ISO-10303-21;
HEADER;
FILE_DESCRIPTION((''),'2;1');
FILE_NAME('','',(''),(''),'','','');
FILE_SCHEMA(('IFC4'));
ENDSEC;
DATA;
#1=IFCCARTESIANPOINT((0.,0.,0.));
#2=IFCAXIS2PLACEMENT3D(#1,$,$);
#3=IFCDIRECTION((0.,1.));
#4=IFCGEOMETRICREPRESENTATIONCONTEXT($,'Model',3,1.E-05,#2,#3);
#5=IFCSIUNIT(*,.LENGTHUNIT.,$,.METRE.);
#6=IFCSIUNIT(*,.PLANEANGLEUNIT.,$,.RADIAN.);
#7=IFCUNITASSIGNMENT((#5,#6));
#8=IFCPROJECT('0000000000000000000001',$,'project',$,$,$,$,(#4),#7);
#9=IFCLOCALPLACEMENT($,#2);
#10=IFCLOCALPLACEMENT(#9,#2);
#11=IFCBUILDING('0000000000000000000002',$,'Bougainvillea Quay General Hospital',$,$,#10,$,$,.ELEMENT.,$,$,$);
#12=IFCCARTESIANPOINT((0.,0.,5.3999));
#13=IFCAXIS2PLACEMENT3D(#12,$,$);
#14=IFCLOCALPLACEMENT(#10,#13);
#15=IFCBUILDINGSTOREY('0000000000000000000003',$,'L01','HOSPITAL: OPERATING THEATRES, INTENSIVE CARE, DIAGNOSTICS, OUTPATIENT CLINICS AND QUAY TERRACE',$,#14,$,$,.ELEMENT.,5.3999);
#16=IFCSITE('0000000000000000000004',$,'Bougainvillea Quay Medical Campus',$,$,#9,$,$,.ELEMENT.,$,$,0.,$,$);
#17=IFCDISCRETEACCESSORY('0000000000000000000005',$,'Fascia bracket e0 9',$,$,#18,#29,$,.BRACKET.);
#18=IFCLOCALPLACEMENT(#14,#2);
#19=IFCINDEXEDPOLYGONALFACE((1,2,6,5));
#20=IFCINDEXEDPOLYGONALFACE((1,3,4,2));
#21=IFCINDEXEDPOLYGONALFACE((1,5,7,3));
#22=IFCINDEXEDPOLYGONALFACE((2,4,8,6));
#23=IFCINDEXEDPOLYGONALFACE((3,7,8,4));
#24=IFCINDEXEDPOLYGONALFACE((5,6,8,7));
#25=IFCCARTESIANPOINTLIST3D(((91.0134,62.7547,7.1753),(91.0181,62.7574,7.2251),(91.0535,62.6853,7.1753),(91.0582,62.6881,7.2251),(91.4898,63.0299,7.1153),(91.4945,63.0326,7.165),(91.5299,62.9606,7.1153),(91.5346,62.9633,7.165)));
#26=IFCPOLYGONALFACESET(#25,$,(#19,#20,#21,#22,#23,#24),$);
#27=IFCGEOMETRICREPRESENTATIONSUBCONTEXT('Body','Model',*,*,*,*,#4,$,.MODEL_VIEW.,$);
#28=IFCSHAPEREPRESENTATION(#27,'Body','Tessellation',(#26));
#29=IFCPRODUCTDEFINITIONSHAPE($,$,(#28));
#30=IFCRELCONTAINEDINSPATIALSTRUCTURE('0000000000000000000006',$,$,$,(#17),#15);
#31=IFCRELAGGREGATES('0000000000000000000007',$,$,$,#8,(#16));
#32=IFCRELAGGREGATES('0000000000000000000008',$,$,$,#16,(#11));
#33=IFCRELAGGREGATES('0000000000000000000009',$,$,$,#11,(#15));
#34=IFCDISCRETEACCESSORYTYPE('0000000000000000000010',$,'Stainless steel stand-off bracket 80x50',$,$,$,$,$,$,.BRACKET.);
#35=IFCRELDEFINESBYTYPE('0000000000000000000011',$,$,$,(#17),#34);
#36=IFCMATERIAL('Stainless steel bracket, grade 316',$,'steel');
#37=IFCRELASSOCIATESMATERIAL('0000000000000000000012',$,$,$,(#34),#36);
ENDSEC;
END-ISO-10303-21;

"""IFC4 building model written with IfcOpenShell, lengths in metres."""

from ifc_helpers import new_model, si_unit, direction, frame, origin, origin_2d, place, context, subcontext, project, spatial, rectangle, extrude, material, material_profile, profile_set, type_object, element, save


model = new_model("IFC4")

# Units and contexts
model_context = context("Model", 3, precision=1e-05, world=origin(), true_north=direction((0.0, 1.0)))
body_context = subcontext(model_context, "Body", "Model", "MODEL_VIEW")
ifc_project = project(units=[si_unit("LENGTHUNIT", "METRE"), si_unit("PLANEANGLEUNIT", "RADIAN")], contexts=[model_context])

# Site, building, storey
site_placement = place(None, origin())
site = spatial("IfcSite", under=ifc_project, at=site_placement, Name="Bougainvillea Quay Medical Campus", CompositionType="ELEMENT", RefElevation=0.0)
building_placement = place(site_placement, origin())
building = spatial("IfcBuilding", under=site, at=building_placement, Name="Bougainvillea Quay General Hospital", CompositionType="ELEMENT")
storey_placement = place(building_placement, frame((0.0, 0.0, 5.3999)))
storey = spatial("IfcBuildingStorey", under=building, at=storey_placement, Name="L01", Description="HOSPITAL: OPERATING THEATRES, INTENSIVE CARE, DIAGNOSTICS, OUTPATIENT CLINICS AND QUAY TERRACE", CompositionType="ELEMENT", Elevation=5.3999)

# Discrete accessory
ifc_material_1 = material(Name="Stainless steel bracket, grade 316", Category="steel")
ifc_material_profile_1 = material_profile(ifc_material_1, rectangle(XDim=0.0801, YDim=0.05, at=origin_2d()))
ifc_profile_set_1 = profile_set([ifc_material_profile_1], Name="Stainless steel bracket, grade 316")
discrete_accessory_type = type_object("IfcDiscreteAccessoryType", Name="Stainless steel stand-off bracket 80x50", PredefinedType="BRACKET", material=ifc_profile_set_1)
discrete_accessory_placement = place(storey_placement, frame((91.5122, 62.9966, 7.1401), z_axis=(-0.860797, -0.497241, 0.108537), x_axis=(0.500196, -0.865912, 0.0)))
element("IfcDiscreteAccessory", 1, at=discrete_accessory_placement, inside=storey, type_object=discrete_accessory_type, Name="Fascia bracket e0 9", PredefinedType="BRACKET", context=body_context, shape_type="SweptSolid", body=[
    extrude(rectangle(XDim=0.0801, YDim=0.05, at=origin_2d()), origin(), (0.0, 0.0, 1.0), 0.5535),
])

save(model, "model.ifc")
